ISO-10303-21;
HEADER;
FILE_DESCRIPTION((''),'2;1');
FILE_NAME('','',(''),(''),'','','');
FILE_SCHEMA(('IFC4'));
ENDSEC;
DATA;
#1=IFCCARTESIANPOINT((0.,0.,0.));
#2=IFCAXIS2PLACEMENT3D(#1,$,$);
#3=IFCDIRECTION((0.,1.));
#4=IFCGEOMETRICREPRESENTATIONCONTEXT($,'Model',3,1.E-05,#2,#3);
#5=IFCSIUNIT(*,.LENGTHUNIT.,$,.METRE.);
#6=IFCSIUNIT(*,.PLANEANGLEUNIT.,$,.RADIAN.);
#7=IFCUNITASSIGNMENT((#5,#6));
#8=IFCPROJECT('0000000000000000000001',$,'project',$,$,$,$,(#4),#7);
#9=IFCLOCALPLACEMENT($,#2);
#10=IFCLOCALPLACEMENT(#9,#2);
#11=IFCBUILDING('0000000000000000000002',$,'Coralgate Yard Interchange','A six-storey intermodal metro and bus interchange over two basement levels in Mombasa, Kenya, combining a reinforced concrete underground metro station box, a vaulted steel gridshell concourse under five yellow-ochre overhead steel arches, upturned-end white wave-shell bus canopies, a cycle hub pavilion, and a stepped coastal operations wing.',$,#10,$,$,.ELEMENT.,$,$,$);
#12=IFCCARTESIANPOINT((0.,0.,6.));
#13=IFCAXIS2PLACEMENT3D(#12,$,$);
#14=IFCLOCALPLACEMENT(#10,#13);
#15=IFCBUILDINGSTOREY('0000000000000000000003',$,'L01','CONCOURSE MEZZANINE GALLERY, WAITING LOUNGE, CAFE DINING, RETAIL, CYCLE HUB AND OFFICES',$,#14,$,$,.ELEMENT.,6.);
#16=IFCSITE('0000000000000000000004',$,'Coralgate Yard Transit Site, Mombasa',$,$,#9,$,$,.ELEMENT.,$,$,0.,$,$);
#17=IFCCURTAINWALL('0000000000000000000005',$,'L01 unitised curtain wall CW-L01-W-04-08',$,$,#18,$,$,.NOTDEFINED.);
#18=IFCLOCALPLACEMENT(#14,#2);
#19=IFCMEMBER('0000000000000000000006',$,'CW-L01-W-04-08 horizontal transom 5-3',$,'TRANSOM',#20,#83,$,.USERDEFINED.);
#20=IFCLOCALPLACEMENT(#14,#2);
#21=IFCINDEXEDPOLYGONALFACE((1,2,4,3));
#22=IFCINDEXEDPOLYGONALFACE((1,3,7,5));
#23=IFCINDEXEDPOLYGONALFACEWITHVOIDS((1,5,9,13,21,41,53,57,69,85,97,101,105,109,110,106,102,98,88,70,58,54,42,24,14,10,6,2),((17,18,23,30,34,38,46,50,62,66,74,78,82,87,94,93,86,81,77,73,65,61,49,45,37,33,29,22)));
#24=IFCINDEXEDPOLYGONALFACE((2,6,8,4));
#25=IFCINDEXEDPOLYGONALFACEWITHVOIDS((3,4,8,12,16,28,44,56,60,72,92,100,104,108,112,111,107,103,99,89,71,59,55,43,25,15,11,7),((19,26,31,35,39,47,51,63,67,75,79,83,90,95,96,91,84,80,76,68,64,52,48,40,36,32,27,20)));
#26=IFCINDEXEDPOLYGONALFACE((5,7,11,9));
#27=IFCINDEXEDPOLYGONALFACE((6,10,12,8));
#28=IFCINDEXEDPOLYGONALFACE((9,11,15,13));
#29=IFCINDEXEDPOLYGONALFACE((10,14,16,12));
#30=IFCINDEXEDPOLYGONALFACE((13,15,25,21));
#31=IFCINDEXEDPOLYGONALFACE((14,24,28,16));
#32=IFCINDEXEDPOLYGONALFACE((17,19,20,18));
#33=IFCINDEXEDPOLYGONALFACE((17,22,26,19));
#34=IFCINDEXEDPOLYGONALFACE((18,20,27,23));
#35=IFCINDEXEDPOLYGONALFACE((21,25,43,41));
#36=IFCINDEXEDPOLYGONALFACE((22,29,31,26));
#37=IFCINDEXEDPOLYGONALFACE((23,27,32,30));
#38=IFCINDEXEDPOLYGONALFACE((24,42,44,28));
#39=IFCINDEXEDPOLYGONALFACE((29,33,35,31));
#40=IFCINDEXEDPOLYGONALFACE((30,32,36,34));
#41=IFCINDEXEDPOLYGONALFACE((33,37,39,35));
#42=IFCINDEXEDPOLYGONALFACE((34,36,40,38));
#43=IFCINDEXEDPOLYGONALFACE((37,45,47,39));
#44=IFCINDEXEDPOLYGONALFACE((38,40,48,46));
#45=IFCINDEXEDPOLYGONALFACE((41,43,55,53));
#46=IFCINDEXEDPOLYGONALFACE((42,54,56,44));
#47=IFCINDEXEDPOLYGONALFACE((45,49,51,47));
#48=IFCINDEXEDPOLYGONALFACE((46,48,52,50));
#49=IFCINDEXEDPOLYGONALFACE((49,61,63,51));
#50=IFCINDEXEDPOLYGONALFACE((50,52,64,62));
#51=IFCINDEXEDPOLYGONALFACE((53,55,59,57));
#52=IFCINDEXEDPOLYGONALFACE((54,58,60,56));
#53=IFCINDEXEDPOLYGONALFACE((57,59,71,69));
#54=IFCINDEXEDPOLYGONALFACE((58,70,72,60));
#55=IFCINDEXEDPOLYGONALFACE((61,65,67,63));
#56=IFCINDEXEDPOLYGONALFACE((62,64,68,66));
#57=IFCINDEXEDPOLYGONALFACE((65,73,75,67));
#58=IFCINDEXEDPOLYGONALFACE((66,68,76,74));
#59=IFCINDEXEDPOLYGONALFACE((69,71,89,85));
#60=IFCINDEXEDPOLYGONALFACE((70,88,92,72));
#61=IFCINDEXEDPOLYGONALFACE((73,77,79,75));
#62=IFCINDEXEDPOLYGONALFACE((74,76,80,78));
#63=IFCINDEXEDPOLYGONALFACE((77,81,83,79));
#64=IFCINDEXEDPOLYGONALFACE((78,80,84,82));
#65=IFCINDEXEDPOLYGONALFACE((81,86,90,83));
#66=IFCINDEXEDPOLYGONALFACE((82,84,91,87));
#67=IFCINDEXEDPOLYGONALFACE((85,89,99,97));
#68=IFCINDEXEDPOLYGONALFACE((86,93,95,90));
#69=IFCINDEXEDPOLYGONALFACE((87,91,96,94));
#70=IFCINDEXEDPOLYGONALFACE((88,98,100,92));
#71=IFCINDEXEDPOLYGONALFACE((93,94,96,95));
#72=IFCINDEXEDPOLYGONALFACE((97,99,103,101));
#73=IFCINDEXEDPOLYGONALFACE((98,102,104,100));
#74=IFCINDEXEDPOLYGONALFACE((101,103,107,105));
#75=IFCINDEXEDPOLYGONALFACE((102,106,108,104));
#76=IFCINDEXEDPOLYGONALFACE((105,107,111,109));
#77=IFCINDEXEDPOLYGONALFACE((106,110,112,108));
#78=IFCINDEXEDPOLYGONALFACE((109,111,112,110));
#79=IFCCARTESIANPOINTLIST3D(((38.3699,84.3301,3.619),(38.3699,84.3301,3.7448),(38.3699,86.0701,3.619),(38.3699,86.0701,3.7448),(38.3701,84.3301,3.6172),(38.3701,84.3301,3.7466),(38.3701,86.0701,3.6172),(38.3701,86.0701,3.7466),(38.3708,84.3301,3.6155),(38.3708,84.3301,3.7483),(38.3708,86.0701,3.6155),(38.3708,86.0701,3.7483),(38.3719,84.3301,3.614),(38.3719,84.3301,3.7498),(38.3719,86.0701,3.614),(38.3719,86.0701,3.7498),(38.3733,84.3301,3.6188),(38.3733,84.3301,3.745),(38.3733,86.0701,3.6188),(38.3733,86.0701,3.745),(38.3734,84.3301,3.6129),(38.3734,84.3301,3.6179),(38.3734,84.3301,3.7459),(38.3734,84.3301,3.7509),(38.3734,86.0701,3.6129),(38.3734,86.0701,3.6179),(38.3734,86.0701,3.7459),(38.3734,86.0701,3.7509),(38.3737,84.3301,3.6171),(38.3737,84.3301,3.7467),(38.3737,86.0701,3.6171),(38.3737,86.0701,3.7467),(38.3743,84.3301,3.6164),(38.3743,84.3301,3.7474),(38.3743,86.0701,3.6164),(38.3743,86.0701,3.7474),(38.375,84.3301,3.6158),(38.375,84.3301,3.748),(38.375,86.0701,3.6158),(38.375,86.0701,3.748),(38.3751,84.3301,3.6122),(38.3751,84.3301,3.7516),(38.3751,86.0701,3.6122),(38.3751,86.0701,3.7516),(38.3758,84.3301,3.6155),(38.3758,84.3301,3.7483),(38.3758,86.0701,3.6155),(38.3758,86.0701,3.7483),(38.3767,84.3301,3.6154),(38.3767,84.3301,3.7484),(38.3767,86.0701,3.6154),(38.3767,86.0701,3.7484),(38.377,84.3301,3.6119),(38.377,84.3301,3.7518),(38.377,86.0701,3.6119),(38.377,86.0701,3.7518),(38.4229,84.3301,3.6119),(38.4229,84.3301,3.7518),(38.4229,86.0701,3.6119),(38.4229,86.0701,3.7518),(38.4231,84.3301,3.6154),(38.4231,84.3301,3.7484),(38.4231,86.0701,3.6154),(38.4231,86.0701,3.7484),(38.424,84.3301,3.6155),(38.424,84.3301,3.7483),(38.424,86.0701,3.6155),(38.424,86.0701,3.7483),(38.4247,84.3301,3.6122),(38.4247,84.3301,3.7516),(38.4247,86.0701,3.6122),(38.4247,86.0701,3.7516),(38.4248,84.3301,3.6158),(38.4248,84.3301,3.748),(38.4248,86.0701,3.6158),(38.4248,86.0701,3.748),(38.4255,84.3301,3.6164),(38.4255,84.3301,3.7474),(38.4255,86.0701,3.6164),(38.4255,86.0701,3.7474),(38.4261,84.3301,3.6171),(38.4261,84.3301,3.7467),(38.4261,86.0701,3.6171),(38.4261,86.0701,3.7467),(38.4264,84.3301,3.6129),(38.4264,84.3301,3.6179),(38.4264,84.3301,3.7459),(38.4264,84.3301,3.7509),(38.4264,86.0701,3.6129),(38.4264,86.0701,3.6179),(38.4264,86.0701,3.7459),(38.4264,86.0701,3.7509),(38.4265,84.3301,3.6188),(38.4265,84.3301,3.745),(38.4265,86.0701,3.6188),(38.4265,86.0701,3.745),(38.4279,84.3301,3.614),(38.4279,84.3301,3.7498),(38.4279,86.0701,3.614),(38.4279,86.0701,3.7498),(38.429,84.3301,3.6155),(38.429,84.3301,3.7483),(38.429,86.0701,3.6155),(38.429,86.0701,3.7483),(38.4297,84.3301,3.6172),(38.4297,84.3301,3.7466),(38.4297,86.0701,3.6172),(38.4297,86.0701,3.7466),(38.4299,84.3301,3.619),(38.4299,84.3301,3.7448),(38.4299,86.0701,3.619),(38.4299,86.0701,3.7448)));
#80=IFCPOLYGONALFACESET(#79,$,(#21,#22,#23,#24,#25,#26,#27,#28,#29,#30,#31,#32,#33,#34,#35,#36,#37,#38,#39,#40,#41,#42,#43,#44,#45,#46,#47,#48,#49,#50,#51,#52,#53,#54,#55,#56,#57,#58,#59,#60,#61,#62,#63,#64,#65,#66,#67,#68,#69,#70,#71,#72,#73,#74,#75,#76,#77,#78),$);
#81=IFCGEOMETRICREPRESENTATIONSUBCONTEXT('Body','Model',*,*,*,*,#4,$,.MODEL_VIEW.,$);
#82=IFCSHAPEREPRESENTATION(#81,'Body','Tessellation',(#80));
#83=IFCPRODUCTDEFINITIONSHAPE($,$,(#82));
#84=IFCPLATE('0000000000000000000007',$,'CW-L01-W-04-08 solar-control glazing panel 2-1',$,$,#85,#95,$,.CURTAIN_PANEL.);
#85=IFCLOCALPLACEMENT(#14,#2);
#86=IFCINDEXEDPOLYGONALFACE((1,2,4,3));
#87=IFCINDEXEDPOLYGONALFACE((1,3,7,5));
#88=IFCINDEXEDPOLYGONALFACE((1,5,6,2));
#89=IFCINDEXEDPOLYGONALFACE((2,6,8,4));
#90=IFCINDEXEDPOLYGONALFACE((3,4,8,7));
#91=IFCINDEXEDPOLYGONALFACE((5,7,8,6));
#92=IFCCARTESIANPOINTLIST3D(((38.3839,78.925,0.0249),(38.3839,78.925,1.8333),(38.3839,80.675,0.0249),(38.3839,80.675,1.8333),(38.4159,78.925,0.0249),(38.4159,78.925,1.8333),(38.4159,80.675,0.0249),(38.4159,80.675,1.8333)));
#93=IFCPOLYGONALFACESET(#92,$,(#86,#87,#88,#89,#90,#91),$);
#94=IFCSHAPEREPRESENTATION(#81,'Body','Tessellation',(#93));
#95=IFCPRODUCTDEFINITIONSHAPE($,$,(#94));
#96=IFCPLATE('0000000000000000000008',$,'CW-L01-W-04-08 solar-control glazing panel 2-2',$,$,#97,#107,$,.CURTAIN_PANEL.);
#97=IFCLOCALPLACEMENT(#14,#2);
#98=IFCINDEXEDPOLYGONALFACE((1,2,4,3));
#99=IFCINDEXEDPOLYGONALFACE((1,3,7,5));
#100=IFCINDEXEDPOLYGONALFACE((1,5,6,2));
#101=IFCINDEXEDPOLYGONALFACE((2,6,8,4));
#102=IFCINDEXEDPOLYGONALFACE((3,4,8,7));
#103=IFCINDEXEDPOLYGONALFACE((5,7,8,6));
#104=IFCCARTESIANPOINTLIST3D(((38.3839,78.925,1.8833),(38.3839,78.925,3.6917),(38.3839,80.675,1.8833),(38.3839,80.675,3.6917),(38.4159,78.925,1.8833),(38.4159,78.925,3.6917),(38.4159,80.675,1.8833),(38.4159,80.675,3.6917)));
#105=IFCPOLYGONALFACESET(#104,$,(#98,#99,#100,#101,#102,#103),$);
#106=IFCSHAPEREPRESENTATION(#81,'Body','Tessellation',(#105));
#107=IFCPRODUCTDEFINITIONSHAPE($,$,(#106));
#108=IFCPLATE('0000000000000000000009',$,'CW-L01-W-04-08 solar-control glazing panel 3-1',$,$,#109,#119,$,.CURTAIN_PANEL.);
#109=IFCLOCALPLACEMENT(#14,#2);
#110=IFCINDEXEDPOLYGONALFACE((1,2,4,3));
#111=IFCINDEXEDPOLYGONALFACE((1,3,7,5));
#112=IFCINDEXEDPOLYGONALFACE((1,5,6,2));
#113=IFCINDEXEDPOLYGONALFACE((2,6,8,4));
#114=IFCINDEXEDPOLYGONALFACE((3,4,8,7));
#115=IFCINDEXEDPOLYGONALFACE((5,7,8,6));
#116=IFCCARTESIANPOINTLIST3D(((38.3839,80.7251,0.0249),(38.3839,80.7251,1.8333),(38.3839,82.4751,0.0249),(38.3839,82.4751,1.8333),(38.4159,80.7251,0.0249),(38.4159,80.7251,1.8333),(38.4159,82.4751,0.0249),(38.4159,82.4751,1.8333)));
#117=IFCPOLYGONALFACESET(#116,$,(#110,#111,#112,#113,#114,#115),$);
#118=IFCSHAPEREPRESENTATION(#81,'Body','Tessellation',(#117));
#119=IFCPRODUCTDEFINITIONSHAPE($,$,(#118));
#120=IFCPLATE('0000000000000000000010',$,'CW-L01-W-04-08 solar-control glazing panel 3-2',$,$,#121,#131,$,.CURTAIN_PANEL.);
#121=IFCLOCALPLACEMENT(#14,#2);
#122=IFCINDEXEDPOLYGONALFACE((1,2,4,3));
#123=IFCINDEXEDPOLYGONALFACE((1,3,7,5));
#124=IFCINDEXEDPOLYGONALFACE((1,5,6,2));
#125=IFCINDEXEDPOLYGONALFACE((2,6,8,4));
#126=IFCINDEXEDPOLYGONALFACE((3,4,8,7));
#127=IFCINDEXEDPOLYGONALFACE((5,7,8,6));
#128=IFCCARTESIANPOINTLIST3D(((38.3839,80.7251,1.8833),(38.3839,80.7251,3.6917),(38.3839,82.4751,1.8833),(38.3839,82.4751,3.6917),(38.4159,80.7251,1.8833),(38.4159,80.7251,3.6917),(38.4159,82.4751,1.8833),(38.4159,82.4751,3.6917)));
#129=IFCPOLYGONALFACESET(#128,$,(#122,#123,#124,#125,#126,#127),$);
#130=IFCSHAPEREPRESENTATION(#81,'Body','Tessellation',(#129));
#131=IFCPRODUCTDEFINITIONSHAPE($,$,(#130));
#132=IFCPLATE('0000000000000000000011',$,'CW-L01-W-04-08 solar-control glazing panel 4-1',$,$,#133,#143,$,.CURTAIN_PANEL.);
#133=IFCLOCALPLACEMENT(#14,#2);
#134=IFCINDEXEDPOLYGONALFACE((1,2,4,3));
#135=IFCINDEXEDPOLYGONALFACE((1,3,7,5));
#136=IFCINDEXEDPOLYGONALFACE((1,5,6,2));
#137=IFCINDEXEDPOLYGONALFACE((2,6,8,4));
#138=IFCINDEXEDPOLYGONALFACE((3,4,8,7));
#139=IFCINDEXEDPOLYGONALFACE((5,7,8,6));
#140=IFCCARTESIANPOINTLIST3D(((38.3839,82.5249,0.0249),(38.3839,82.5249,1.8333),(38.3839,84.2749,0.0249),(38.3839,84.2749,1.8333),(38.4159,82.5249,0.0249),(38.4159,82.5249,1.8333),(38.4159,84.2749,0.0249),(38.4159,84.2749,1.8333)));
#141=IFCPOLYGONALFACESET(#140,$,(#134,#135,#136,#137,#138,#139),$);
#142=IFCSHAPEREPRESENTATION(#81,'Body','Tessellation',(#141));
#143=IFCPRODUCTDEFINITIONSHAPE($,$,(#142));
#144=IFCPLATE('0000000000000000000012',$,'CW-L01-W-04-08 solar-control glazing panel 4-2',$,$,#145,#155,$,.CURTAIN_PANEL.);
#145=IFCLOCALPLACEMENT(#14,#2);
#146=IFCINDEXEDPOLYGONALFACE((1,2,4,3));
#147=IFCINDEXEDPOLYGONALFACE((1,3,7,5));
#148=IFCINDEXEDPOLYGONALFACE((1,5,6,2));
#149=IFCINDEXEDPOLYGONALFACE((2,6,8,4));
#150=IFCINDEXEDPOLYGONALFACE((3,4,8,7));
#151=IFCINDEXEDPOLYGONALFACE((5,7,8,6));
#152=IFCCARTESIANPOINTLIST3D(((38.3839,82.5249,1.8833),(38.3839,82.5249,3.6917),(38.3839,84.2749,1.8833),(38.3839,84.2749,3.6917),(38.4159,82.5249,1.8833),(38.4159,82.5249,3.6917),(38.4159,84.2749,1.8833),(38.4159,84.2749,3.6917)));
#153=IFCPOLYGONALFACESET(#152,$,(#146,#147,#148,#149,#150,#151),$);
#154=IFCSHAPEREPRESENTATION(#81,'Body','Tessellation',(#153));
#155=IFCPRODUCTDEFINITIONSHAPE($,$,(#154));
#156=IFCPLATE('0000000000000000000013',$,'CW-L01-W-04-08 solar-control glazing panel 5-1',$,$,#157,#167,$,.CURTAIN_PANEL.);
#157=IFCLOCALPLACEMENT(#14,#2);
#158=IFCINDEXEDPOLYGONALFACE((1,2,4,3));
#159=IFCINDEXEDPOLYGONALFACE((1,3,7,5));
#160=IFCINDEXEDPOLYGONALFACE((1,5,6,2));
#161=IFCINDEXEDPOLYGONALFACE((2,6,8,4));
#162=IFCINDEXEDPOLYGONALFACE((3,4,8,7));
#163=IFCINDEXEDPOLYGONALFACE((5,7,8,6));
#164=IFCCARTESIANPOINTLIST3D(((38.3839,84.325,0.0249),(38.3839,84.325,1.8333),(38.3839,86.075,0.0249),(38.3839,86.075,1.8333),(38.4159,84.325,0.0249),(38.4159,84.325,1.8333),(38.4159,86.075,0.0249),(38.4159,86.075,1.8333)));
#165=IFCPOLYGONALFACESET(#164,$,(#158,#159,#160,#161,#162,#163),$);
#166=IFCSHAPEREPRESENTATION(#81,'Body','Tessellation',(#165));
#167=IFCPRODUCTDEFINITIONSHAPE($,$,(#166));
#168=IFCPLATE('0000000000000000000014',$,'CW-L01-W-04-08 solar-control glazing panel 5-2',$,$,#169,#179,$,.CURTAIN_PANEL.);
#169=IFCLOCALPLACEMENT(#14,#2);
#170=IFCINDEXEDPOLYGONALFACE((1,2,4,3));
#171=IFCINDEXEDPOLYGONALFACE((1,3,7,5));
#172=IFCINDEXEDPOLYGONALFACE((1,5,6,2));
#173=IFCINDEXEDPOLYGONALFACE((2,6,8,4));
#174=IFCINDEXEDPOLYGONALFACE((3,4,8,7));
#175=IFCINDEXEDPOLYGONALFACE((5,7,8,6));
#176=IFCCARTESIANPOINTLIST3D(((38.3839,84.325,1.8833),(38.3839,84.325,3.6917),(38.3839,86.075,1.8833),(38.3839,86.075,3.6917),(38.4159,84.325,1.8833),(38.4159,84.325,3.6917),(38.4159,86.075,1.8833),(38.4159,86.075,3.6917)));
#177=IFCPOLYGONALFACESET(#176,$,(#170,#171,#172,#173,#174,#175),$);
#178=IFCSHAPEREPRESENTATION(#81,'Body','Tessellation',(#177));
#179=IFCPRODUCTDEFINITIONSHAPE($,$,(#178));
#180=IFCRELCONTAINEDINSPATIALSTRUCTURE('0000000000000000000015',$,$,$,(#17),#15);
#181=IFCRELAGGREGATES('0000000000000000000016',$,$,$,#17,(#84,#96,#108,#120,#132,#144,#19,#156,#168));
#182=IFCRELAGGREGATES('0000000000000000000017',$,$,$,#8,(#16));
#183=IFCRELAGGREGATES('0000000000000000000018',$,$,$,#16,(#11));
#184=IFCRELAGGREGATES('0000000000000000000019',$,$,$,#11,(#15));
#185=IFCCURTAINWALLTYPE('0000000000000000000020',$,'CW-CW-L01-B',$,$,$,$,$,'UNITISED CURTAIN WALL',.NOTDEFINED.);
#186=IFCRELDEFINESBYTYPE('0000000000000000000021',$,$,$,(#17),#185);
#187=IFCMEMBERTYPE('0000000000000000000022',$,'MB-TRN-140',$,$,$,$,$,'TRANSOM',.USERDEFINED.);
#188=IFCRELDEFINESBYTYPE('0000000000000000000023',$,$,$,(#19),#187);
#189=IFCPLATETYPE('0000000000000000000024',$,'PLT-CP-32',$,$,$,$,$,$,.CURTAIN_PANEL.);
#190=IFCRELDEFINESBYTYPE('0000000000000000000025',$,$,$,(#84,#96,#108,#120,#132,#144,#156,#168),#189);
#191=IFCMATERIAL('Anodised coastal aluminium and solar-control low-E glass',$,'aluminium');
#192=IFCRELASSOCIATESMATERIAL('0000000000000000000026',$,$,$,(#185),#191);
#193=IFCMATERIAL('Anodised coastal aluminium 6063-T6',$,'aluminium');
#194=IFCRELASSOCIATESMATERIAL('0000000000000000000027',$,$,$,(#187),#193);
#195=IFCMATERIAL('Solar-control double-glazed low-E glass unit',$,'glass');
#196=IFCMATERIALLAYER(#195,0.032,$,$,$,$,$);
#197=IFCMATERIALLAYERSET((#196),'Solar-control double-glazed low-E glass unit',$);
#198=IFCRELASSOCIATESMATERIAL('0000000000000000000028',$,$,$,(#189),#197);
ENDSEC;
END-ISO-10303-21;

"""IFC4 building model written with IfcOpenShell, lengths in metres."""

from ifc_helpers import new_model, si_unit, direction, frame, origin, origin_2d, place, context, subcontext, project, spatial, rectangle, hollow_rectangle, extrude, material, layer, layer_set, material_profile, profile_set, type_object, element, aggregate, save


model = new_model("IFC4")

# Units and contexts
model_context = context("Model", 3, precision=1e-05, world=origin(), true_north=direction((0.0, 1.0)))
body_context = subcontext(model_context, "Body", "Model", "MODEL_VIEW")
ifc_project = project(units=[si_unit("LENGTHUNIT", "METRE"), si_unit("PLANEANGLEUNIT", "RADIAN")], contexts=[model_context])

# Site, building, storey
site_placement = place(None, origin())
site = spatial("IfcSite", under=ifc_project, at=site_placement, Name="Coralgate Yard Transit Site, Mombasa", CompositionType="ELEMENT", RefElevation=0.0)
building_placement = place(site_placement, origin())
building = spatial("IfcBuilding", under=site, at=building_placement, Name="Coralgate Yard Interchange", Description="A six-storey intermodal metro and bus interchange over two basement levels in Mombasa, Kenya, combining a reinforced concrete underground metro station box, a vaulted steel gridshell concourse under five yellow-ochre overhead steel arches, upturned-end white wave-shell bus canopies, a cycle hub pavilion, and a stepped coastal operations wing.", CompositionType="ELEMENT")
storey_placement = place(building_placement, frame((0.0, 0.0, 6.0)))
storey = spatial("IfcBuildingStorey", under=building, at=storey_placement, Name="L01", Description="CONCOURSE MEZZANINE GALLERY, WAITING LOUNGE, CAFE DINING, RETAIL, CYCLE HUB AND OFFICES", CompositionType="ELEMENT", Elevation=6.0)

# Curtain wall, member, plates
ifc_material_1 = material(Name="Anodised coastal aluminium and solar-control low-E glass", Category="aluminium")
curtain_wall_type = type_object("IfcCurtainWallType", Name="CW-CW-L01-B", ElementType="UNITISED CURTAIN WALL", PredefinedType="NOTDEFINED", material=ifc_material_1)
curtain_wall_placement = place(storey_placement, origin())
curtain_wall = element("IfcCurtainWall", 1, at=curtain_wall_placement, inside=storey, type_object=curtain_wall_type, Name="L01 unitised curtain wall CW-L01-W-04-08", PredefinedType="NOTDEFINED")
ifc_material_2 = material(Name="Anodised coastal aluminium 6063-T6", Category="aluminium")
ifc_material_profile_1 = material_profile(ifc_material_2, hollow_rectangle(XDim=0.0601, YDim=0.1399, WallThickness=0.0034, InnerFilletRadius=0.0034, OuterFilletRadius=0.0071, at=origin_2d()), Name="ALU 60x140x3.5")
ifc_profile_set_1 = profile_set([ifc_material_profile_1], Name="Anodised coastal aluminium 6063-T6")
member_type_1 = type_object("IfcMemberType", Name="MB-TRN-140", ElementType="TRANSOM", PredefinedType="USERDEFINED", material=ifc_profile_set_1)
member_1_placement = place(storey_placement, frame((38.3999, 84.3301, 3.6819), z_axis=(0.0, 1.0, 0.0), x_axis=(-1.0, 0.0, 0.0)))
member_1 = element("IfcMember", 2, at=member_1_placement, type_object=member_type_1, Name="CW-L01-W-04-08 horizontal transom 5-3", ObjectType="TRANSOM", PredefinedType="USERDEFINED", context=body_context, shape_type="SweptSolid", body=[
    extrude(hollow_rectangle(XDim=0.0601, YDim=0.1399, WallThickness=0.0034, InnerFilletRadius=0.0034, OuterFilletRadius=0.0071, at=origin_2d()), origin(), (0.0, 0.0, 1.0), 1.74),
])
ifc_material_3 = material(Name="Solar-control double-glazed low-E glass unit", Category="glass")
ifc_layer = layer(ifc_material_3, 0.032)
ifc_layer_set = layer_set([ifc_layer], Name="Solar-control double-glazed low-E glass unit")
plate_type = type_object("IfcPlateType", Name="PLT-CP-32", PredefinedType="CURTAIN_PANEL", material=ifc_layer_set)
plate_1_placement = place(storey_placement, frame((38.3999, 79.8, 0.0249), z_axis=(0.0, 0.0, 1.0), x_axis=(0.0, 1.0, 0.0)))
plate_1 = element("IfcPlate", 3, at=plate_1_placement, type_object=plate_type, Name="CW-L01-W-04-08 solar-control glazing panel 2-1", PredefinedType="CURTAIN_PANEL", context=body_context, shape_type="SweptSolid", body=[
    extrude(rectangle(XDim=1.75, YDim=0.032, at=origin_2d()), origin(), (0.0, 0.0, 1.0), 1.8083),
])
plate_2_placement = place(storey_placement, frame((38.3999, 79.8, 1.8833), z_axis=(0.0, 0.0, 1.0), x_axis=(0.0, 1.0, 0.0)))
plate_2 = element("IfcPlate", 4, at=plate_2_placement, type_object=plate_type, Name="CW-L01-W-04-08 solar-control glazing panel 2-2", PredefinedType="CURTAIN_PANEL", context=body_context, shape_type="SweptSolid", body=[
    extrude(rectangle(XDim=1.75, YDim=0.032, at=origin_2d()), origin(), (0.0, 0.0, 1.0), 1.8083),
])
plate_3_placement = place(storey_placement, frame((38.3999, 81.6001, 0.0249), z_axis=(0.0, 0.0, 1.0), x_axis=(0.0, 1.0, 0.0)))
plate_3 = element("IfcPlate", 5, at=plate_3_placement, type_object=plate_type, Name="CW-L01-W-04-08 solar-control glazing panel 3-1", PredefinedType="CURTAIN_PANEL", context=body_context, shape_type="SweptSolid", body=[
    extrude(rectangle(XDim=1.75, YDim=0.032, at=origin_2d()), origin(), (0.0, 0.0, 1.0), 1.8083),
])
plate_4_placement = place(storey_placement, frame((38.3999, 81.6001, 1.8833), z_axis=(0.0, 0.0, 1.0), x_axis=(0.0, 1.0, 0.0)))
plate_4 = element("IfcPlate", 6, at=plate_4_placement, type_object=plate_type, Name="CW-L01-W-04-08 solar-control glazing panel 3-2", PredefinedType="CURTAIN_PANEL", context=body_context, shape_type="SweptSolid", body=[
    extrude(rectangle(XDim=1.75, YDim=0.032, at=origin_2d()), origin(), (0.0, 0.0, 1.0), 1.8083),
])
plate_5_placement = place(storey_placement, frame((38.3999, 83.3999, 0.0249), z_axis=(0.0, 0.0, 1.0), x_axis=(0.0, 1.0, 0.0)))
plate_5 = element("IfcPlate", 7, at=plate_5_placement, type_object=plate_type, Name="CW-L01-W-04-08 solar-control glazing panel 4-1", PredefinedType="CURTAIN_PANEL", context=body_context, shape_type="SweptSolid", body=[
    extrude(rectangle(XDim=1.75, YDim=0.032, at=origin_2d()), origin(), (0.0, 0.0, 1.0), 1.8083),
])
plate_6_placement = place(storey_placement, frame((38.3999, 83.3999, 1.8833), z_axis=(0.0, 0.0, 1.0), x_axis=(0.0, 1.0, 0.0)))
plate_6 = element("IfcPlate", 8, at=plate_6_placement, type_object=plate_type, Name="CW-L01-W-04-08 solar-control glazing panel 4-2", PredefinedType="CURTAIN_PANEL", context=body_context, shape_type="SweptSolid", body=[
    extrude(rectangle(XDim=1.75, YDim=0.032, at=origin_2d()), origin(), (0.0, 0.0, 1.0), 1.8083),
])
plate_7_placement = place(storey_placement, frame((38.3999, 85.2, 0.0249), z_axis=(0.0, 0.0, 1.0), x_axis=(0.0, 1.0, 0.0)))
plate_7 = element("IfcPlate", 9, at=plate_7_placement, type_object=plate_type, Name="CW-L01-W-04-08 solar-control glazing panel 5-1", PredefinedType="CURTAIN_PANEL", context=body_context, shape_type="SweptSolid", body=[
    extrude(rectangle(XDim=1.75, YDim=0.032, at=origin_2d()), origin(), (0.0, 0.0, 1.0), 1.8083),
])
plate_8_placement = place(storey_placement, frame((38.3999, 85.2, 1.8833), z_axis=(0.0, 0.0, 1.0), x_axis=(0.0, 1.0, 0.0)))
plate_8 = element("IfcPlate", 10, at=plate_8_placement, type_object=plate_type, Name="CW-L01-W-04-08 solar-control glazing panel 5-2", PredefinedType="CURTAIN_PANEL", context=body_context, shape_type="SweptSolid", body=[
    extrude(rectangle(XDim=1.75, YDim=0.032, at=origin_2d()), origin(), (0.0, 0.0, 1.0), 1.8083),
])
aggregate(curtain_wall, [plate_1, plate_2, plate_3, plate_4, plate_5, plate_6, member_1, plate_7, plate_8])

save(model, "model.ifc")
